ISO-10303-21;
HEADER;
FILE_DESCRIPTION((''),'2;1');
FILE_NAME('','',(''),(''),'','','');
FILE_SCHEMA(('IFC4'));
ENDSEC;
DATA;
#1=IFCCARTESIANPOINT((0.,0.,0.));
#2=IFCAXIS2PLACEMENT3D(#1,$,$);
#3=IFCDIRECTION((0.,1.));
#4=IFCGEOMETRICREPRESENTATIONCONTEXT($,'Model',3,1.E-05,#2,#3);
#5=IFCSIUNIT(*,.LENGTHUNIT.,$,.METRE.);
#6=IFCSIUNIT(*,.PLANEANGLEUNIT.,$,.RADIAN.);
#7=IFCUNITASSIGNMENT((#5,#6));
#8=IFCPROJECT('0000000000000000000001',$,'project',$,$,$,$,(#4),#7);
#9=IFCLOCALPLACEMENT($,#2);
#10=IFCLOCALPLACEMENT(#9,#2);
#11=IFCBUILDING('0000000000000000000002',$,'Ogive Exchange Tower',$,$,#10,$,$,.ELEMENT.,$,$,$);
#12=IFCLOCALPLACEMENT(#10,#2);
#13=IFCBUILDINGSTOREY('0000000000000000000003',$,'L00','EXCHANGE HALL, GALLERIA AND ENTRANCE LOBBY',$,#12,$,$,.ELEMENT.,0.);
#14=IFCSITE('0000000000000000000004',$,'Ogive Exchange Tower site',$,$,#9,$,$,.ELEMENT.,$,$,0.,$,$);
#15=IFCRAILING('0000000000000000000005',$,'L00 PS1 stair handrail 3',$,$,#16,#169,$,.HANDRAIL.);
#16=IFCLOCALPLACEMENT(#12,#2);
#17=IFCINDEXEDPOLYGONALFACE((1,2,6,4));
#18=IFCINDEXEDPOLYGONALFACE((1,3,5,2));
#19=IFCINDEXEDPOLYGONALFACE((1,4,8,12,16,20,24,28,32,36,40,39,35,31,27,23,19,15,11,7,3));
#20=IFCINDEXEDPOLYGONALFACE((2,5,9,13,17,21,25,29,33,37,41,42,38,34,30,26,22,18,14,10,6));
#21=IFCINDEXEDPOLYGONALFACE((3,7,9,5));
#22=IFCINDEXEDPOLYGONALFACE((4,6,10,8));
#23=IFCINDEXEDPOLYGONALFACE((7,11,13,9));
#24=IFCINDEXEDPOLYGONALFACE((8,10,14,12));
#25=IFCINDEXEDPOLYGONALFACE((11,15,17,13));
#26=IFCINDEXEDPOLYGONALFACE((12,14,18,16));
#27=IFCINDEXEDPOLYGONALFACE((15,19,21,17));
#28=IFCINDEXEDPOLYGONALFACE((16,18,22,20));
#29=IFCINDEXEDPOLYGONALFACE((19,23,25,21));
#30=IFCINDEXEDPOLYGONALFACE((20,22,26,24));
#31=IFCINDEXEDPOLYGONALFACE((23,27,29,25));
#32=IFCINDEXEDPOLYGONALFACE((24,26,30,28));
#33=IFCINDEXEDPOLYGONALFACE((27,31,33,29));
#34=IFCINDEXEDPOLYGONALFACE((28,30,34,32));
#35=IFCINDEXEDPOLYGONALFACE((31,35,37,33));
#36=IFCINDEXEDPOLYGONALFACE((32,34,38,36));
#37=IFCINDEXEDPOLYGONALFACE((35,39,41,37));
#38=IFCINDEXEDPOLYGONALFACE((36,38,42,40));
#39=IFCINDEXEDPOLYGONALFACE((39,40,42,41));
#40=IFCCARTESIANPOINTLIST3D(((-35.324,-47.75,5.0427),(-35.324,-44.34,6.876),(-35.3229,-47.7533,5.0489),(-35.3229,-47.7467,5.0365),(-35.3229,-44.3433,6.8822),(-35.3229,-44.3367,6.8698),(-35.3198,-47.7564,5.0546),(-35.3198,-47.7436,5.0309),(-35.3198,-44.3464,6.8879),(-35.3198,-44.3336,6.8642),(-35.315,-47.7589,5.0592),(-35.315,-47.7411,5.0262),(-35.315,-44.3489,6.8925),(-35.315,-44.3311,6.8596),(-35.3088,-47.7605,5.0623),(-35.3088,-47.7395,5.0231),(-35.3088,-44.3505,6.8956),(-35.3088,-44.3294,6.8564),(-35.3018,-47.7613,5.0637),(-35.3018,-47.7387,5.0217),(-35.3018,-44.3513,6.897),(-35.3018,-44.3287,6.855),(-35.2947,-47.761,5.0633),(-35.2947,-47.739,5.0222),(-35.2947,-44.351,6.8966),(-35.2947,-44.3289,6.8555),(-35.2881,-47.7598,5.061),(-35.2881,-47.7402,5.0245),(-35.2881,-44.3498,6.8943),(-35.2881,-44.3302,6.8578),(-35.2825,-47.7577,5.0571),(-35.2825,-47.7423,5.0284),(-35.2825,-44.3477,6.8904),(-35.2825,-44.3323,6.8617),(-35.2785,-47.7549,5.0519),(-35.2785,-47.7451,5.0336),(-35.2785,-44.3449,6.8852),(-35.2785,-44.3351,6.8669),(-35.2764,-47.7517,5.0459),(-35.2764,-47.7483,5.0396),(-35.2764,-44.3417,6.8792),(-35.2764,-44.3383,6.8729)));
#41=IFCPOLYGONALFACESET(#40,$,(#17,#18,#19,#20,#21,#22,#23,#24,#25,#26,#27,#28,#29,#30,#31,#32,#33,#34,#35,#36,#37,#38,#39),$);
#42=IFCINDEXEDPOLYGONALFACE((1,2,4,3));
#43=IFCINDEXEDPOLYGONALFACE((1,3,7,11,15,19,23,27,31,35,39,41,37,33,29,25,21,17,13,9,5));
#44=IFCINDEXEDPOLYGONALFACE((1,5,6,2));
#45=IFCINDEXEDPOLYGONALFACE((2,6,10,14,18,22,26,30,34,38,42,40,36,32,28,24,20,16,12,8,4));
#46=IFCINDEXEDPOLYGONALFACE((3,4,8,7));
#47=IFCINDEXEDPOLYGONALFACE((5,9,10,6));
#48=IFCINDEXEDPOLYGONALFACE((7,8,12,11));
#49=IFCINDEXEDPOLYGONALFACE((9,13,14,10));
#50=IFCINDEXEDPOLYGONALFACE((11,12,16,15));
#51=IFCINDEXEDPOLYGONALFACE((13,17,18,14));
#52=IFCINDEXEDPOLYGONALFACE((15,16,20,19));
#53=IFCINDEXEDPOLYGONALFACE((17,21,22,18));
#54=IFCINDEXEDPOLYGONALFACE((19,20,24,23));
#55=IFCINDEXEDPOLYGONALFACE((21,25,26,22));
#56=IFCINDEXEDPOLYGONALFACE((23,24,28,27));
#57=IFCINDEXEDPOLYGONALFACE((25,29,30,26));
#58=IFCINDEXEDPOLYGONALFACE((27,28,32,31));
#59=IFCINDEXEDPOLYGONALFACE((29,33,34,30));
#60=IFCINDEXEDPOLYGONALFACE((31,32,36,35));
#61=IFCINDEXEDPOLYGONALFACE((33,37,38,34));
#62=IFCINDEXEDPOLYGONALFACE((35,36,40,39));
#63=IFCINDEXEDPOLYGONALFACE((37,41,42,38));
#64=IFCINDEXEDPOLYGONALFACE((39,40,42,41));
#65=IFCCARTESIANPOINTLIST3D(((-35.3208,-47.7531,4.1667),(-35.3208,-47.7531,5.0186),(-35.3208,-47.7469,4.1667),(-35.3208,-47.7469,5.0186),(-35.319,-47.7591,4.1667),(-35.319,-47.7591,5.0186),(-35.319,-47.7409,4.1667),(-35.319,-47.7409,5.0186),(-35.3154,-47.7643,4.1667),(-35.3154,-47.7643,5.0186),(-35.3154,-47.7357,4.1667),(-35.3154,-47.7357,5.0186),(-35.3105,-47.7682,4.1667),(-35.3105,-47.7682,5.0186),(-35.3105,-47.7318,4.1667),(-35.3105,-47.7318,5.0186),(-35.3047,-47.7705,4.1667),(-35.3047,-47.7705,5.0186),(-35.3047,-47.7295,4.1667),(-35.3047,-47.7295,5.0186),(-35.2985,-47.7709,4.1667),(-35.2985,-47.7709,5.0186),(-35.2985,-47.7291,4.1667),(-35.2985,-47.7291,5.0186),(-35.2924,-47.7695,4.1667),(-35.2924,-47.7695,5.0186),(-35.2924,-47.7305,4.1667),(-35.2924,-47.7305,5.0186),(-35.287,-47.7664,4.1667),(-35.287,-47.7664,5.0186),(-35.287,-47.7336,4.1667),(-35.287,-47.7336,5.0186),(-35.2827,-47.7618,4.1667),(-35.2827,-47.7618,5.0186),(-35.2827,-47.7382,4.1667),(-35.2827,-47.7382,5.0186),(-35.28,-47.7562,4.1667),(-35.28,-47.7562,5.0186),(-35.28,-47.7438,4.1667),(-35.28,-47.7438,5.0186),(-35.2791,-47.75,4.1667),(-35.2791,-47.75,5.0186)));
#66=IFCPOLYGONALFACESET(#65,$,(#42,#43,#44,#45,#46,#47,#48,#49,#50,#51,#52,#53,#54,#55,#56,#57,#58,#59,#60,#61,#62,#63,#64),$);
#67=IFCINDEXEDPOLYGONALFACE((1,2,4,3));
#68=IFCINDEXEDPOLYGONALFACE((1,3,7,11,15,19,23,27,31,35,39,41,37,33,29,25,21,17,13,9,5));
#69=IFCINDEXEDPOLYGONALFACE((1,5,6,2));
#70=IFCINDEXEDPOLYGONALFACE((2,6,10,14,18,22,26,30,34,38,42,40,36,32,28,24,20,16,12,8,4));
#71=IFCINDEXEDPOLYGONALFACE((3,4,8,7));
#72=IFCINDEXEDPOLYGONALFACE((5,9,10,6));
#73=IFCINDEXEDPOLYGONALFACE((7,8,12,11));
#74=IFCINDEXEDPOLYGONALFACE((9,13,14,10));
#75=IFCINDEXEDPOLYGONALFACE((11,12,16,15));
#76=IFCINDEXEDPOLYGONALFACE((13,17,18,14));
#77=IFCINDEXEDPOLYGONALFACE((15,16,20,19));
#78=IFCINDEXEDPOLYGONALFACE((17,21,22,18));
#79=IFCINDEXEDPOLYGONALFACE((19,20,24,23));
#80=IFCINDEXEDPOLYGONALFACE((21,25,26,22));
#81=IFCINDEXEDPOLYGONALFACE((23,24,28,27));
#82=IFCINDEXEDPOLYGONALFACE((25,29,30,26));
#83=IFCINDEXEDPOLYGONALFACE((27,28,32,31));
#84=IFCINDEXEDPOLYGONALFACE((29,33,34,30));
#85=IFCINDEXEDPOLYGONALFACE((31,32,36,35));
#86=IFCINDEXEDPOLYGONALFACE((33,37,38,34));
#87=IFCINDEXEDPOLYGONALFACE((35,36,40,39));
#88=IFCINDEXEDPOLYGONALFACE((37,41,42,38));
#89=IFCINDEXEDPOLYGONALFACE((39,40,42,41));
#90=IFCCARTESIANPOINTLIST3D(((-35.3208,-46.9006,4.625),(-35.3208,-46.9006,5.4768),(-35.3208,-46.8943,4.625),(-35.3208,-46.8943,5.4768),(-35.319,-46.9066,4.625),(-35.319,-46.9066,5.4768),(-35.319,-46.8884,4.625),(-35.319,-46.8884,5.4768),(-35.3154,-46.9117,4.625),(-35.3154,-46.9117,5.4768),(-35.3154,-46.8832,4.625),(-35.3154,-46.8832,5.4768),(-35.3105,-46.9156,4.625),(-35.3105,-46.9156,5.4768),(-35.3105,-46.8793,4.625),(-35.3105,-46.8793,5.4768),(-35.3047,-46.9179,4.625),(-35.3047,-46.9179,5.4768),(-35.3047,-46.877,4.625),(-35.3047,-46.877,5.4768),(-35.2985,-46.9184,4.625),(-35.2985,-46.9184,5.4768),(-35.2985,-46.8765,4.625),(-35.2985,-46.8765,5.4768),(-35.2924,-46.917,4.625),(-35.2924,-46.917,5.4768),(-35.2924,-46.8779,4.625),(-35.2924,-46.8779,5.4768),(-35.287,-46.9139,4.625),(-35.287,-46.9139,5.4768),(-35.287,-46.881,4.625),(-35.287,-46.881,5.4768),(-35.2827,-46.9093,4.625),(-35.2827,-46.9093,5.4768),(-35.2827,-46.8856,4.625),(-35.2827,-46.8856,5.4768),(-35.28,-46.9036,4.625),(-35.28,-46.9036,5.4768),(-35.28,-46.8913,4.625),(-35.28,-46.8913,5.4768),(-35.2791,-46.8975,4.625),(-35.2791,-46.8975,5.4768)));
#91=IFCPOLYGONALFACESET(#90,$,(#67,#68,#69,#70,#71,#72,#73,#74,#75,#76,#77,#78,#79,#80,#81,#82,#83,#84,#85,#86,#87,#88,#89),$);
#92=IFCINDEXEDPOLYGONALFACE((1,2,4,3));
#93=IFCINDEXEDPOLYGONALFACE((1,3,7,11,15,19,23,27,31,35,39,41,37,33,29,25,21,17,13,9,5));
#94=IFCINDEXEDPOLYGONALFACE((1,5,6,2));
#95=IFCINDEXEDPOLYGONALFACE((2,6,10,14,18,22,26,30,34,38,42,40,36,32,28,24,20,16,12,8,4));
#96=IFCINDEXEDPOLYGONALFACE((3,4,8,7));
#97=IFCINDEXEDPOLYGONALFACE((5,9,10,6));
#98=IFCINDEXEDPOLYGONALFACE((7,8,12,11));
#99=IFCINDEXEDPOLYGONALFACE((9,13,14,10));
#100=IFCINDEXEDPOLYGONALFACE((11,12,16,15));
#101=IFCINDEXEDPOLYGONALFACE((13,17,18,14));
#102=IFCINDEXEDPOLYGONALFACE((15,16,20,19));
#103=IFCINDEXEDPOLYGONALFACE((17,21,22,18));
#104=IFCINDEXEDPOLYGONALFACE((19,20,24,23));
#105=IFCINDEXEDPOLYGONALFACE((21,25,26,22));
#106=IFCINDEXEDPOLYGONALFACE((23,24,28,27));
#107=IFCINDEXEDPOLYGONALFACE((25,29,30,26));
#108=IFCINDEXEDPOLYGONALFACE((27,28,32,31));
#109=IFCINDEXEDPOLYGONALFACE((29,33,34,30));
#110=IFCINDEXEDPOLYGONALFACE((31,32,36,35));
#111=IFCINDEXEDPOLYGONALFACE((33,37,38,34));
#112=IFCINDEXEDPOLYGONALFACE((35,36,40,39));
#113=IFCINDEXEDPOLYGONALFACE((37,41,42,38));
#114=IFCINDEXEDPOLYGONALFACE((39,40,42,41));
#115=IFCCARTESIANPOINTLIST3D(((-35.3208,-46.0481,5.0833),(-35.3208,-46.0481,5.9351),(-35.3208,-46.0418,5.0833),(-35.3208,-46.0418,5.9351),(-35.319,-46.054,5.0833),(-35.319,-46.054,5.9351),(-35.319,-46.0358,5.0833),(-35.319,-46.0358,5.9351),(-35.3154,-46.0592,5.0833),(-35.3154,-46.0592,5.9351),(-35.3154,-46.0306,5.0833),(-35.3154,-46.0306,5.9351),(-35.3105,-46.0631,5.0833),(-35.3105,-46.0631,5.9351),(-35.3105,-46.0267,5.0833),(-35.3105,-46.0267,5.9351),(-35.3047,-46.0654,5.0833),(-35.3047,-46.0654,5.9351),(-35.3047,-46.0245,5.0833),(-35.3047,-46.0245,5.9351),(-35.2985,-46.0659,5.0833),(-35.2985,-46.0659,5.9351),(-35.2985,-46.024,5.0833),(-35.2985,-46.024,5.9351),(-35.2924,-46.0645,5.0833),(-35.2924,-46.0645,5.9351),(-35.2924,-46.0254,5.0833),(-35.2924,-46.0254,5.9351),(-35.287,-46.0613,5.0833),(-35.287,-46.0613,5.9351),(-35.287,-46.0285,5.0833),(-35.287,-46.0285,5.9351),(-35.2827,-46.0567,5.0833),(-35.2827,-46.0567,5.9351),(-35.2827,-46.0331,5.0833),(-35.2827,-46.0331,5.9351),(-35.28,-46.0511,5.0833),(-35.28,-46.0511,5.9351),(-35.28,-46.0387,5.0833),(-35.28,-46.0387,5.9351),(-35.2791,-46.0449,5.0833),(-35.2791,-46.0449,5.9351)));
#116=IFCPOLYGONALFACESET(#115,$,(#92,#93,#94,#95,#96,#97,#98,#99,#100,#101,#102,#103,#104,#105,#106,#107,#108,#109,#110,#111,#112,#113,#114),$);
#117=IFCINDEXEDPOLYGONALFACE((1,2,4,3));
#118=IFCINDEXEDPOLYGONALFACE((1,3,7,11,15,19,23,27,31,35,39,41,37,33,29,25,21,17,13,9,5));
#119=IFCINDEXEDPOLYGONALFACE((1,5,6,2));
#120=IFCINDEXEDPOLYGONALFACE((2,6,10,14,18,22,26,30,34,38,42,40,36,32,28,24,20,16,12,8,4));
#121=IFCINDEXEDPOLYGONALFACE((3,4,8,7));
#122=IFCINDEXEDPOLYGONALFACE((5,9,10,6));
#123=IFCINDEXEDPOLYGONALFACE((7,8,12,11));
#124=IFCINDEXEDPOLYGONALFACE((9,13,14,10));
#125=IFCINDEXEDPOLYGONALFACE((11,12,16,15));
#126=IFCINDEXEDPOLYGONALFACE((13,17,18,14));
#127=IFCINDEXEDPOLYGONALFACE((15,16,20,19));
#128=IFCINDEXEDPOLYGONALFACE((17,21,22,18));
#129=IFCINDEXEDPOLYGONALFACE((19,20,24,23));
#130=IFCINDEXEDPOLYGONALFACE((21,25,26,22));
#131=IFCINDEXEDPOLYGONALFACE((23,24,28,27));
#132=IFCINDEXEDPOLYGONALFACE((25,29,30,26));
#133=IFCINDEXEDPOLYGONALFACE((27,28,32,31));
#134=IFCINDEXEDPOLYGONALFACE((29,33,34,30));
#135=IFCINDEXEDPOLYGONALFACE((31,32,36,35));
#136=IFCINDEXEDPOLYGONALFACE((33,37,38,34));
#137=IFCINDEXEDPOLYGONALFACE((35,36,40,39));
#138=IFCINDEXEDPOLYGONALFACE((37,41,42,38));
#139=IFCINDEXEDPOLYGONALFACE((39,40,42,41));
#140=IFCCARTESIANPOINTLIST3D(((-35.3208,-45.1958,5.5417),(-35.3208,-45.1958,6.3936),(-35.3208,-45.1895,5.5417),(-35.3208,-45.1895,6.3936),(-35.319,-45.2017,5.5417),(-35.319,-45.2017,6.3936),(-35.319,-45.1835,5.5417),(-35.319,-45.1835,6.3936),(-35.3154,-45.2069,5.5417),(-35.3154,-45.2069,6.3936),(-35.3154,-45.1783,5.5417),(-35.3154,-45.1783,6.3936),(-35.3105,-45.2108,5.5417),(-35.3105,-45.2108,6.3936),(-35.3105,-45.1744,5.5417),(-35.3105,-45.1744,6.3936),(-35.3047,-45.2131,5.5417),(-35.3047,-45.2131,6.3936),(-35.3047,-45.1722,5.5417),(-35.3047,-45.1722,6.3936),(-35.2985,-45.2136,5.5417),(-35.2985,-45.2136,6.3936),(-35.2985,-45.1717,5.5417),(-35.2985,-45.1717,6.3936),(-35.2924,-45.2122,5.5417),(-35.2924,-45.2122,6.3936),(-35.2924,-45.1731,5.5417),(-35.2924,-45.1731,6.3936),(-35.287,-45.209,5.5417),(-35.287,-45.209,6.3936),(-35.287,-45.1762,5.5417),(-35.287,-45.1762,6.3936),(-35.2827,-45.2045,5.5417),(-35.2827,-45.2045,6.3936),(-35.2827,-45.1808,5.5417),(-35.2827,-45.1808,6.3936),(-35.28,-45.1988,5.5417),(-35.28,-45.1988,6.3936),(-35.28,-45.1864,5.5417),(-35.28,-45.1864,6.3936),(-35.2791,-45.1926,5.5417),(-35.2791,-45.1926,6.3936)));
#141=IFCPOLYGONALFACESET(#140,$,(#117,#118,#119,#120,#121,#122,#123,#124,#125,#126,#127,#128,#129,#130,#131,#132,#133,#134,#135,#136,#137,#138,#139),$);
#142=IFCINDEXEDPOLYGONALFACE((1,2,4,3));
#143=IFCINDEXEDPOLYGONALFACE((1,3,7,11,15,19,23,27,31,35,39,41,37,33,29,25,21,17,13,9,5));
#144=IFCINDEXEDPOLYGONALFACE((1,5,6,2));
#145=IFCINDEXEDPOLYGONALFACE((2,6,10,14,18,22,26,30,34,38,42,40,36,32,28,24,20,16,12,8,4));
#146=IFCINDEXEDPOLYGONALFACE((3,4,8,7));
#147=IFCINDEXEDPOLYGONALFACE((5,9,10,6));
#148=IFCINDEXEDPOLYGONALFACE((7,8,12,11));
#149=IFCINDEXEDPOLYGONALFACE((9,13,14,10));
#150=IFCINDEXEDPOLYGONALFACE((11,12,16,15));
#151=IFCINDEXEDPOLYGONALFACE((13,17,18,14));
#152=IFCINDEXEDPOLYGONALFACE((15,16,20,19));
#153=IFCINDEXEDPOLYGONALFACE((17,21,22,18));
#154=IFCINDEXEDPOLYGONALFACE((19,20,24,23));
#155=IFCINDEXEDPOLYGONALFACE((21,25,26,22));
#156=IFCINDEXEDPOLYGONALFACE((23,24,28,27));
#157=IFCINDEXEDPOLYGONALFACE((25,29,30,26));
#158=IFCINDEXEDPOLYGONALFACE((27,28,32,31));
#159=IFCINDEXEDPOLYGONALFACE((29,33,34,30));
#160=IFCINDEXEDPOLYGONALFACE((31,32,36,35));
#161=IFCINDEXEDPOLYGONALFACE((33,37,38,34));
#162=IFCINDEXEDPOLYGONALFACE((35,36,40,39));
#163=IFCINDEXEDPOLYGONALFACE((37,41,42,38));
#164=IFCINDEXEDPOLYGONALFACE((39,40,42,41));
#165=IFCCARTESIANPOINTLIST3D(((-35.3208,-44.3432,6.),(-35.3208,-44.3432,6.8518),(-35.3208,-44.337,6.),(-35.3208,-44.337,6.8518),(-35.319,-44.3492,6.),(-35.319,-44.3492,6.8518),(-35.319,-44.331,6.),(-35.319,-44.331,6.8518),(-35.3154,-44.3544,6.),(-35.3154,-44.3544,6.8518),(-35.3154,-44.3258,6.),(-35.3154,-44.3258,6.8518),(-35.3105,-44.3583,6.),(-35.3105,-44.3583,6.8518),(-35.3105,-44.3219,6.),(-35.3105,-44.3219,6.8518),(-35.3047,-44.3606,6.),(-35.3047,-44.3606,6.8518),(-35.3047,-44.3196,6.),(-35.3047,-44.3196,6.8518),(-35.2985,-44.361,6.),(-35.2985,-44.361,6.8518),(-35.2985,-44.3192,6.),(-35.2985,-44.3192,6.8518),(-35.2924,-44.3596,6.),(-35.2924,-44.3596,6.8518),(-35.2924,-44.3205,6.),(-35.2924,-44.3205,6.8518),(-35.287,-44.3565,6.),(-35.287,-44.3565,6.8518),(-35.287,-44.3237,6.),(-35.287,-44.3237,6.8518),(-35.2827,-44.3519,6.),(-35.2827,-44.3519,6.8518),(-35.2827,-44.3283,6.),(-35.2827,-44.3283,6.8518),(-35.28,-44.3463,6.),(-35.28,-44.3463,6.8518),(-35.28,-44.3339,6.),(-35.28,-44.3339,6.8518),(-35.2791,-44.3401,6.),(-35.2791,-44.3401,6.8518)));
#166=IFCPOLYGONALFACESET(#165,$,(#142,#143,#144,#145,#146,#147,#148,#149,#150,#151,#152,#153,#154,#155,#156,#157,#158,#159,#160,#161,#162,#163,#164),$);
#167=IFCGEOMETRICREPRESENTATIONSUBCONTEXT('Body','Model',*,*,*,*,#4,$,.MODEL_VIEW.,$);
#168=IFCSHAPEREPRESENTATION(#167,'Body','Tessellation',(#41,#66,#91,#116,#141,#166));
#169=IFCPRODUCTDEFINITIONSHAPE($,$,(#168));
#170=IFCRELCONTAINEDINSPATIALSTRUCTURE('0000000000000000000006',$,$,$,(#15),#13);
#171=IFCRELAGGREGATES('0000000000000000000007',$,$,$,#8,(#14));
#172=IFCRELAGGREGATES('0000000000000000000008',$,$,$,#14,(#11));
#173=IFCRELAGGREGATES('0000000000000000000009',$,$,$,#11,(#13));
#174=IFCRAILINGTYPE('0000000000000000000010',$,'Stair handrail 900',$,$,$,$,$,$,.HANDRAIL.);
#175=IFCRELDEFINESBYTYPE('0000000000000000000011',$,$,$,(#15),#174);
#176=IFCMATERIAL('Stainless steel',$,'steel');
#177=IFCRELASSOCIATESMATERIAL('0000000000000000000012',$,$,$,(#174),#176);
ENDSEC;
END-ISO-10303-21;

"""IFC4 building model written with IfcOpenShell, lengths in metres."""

from ifc_helpers import new_model, si_unit, direction, frame, origin, origin_2d, place, context, subcontext, project, spatial, circle, extrude, material, type_object, element, save


model = new_model("IFC4")

# Units and contexts
model_context = context("Model", 3, precision=1e-05, world=origin(), true_north=direction((0.0, 1.0)))
body_context = subcontext(model_context, "Body", "Model", "MODEL_VIEW")
ifc_project = project(units=[si_unit("LENGTHUNIT", "METRE"), si_unit("PLANEANGLEUNIT", "RADIAN")], contexts=[model_context])

# Site, building, storey
site_placement = place(None, origin())
site = spatial("IfcSite", under=ifc_project, at=site_placement, Name="Ogive Exchange Tower site", CompositionType="ELEMENT", RefElevation=0.0)
building_placement = place(site_placement, origin())
building = spatial("IfcBuilding", under=site, at=building_placement, Name="Ogive Exchange Tower", CompositionType="ELEMENT")
storey_placement = place(building_placement, origin())
storey = spatial("IfcBuildingStorey", under=building, at=storey_placement, Name="L00", Description="EXCHANGE HALL, GALLERIA AND ENTRANCE LOBBY", CompositionType="ELEMENT", Elevation=0.0)

# Railing
ifc_material_1 = material(Name="Stainless steel", Category="steel")
railing_type = type_object("IfcRailingType", Name="Stair handrail 900", PredefinedType="HANDRAIL", material=ifc_material_1)
railing_1_placement = place(storey_placement, frame((-35.3, -47.75, 4.1667)))
element("IfcRailing", 1, at=railing_1_placement, inside=storey, type_object=railing_type, Name="L00 PS1 stair handrail 3", PredefinedType="HANDRAIL", context=body_context, shape_type="SweptSolid", body=[
    extrude(circle(Radius=0.0239, at=origin_2d()), frame((0.0, 0.0, 0.876), z_axis=(0.0, 0.880779, 0.473528), x_axis=(-1.0, 0.0, 0.0)), (0.0, 0.0, 1.0), 3.8716),
    extrude(circle(Radius=0.021, at=origin_2d()), origin(), (0.0, 0.0, 1.0), 0.8518),
    extrude(circle(Radius=0.021, at=origin_2d()), frame((0.0, 0.8525, 0.4583)), (0.0, 0.0, 1.0), 0.8518),
    extrude(circle(Radius=0.021, at=origin_2d()), frame((0.0, 1.7051, 0.9165)), (0.0, 0.0, 1.0), 0.8518),
    extrude(circle(Radius=0.021, at=origin_2d()), frame((0.0, 2.5574, 1.375)), (0.0, 0.0, 1.0), 0.8518),
    extrude(circle(Radius=0.021, at=origin_2d()), frame((0.0, 3.4099, 1.8333)), (0.0, 0.0, 1.0), 0.8518),
])

save(model, "model.ifc")
